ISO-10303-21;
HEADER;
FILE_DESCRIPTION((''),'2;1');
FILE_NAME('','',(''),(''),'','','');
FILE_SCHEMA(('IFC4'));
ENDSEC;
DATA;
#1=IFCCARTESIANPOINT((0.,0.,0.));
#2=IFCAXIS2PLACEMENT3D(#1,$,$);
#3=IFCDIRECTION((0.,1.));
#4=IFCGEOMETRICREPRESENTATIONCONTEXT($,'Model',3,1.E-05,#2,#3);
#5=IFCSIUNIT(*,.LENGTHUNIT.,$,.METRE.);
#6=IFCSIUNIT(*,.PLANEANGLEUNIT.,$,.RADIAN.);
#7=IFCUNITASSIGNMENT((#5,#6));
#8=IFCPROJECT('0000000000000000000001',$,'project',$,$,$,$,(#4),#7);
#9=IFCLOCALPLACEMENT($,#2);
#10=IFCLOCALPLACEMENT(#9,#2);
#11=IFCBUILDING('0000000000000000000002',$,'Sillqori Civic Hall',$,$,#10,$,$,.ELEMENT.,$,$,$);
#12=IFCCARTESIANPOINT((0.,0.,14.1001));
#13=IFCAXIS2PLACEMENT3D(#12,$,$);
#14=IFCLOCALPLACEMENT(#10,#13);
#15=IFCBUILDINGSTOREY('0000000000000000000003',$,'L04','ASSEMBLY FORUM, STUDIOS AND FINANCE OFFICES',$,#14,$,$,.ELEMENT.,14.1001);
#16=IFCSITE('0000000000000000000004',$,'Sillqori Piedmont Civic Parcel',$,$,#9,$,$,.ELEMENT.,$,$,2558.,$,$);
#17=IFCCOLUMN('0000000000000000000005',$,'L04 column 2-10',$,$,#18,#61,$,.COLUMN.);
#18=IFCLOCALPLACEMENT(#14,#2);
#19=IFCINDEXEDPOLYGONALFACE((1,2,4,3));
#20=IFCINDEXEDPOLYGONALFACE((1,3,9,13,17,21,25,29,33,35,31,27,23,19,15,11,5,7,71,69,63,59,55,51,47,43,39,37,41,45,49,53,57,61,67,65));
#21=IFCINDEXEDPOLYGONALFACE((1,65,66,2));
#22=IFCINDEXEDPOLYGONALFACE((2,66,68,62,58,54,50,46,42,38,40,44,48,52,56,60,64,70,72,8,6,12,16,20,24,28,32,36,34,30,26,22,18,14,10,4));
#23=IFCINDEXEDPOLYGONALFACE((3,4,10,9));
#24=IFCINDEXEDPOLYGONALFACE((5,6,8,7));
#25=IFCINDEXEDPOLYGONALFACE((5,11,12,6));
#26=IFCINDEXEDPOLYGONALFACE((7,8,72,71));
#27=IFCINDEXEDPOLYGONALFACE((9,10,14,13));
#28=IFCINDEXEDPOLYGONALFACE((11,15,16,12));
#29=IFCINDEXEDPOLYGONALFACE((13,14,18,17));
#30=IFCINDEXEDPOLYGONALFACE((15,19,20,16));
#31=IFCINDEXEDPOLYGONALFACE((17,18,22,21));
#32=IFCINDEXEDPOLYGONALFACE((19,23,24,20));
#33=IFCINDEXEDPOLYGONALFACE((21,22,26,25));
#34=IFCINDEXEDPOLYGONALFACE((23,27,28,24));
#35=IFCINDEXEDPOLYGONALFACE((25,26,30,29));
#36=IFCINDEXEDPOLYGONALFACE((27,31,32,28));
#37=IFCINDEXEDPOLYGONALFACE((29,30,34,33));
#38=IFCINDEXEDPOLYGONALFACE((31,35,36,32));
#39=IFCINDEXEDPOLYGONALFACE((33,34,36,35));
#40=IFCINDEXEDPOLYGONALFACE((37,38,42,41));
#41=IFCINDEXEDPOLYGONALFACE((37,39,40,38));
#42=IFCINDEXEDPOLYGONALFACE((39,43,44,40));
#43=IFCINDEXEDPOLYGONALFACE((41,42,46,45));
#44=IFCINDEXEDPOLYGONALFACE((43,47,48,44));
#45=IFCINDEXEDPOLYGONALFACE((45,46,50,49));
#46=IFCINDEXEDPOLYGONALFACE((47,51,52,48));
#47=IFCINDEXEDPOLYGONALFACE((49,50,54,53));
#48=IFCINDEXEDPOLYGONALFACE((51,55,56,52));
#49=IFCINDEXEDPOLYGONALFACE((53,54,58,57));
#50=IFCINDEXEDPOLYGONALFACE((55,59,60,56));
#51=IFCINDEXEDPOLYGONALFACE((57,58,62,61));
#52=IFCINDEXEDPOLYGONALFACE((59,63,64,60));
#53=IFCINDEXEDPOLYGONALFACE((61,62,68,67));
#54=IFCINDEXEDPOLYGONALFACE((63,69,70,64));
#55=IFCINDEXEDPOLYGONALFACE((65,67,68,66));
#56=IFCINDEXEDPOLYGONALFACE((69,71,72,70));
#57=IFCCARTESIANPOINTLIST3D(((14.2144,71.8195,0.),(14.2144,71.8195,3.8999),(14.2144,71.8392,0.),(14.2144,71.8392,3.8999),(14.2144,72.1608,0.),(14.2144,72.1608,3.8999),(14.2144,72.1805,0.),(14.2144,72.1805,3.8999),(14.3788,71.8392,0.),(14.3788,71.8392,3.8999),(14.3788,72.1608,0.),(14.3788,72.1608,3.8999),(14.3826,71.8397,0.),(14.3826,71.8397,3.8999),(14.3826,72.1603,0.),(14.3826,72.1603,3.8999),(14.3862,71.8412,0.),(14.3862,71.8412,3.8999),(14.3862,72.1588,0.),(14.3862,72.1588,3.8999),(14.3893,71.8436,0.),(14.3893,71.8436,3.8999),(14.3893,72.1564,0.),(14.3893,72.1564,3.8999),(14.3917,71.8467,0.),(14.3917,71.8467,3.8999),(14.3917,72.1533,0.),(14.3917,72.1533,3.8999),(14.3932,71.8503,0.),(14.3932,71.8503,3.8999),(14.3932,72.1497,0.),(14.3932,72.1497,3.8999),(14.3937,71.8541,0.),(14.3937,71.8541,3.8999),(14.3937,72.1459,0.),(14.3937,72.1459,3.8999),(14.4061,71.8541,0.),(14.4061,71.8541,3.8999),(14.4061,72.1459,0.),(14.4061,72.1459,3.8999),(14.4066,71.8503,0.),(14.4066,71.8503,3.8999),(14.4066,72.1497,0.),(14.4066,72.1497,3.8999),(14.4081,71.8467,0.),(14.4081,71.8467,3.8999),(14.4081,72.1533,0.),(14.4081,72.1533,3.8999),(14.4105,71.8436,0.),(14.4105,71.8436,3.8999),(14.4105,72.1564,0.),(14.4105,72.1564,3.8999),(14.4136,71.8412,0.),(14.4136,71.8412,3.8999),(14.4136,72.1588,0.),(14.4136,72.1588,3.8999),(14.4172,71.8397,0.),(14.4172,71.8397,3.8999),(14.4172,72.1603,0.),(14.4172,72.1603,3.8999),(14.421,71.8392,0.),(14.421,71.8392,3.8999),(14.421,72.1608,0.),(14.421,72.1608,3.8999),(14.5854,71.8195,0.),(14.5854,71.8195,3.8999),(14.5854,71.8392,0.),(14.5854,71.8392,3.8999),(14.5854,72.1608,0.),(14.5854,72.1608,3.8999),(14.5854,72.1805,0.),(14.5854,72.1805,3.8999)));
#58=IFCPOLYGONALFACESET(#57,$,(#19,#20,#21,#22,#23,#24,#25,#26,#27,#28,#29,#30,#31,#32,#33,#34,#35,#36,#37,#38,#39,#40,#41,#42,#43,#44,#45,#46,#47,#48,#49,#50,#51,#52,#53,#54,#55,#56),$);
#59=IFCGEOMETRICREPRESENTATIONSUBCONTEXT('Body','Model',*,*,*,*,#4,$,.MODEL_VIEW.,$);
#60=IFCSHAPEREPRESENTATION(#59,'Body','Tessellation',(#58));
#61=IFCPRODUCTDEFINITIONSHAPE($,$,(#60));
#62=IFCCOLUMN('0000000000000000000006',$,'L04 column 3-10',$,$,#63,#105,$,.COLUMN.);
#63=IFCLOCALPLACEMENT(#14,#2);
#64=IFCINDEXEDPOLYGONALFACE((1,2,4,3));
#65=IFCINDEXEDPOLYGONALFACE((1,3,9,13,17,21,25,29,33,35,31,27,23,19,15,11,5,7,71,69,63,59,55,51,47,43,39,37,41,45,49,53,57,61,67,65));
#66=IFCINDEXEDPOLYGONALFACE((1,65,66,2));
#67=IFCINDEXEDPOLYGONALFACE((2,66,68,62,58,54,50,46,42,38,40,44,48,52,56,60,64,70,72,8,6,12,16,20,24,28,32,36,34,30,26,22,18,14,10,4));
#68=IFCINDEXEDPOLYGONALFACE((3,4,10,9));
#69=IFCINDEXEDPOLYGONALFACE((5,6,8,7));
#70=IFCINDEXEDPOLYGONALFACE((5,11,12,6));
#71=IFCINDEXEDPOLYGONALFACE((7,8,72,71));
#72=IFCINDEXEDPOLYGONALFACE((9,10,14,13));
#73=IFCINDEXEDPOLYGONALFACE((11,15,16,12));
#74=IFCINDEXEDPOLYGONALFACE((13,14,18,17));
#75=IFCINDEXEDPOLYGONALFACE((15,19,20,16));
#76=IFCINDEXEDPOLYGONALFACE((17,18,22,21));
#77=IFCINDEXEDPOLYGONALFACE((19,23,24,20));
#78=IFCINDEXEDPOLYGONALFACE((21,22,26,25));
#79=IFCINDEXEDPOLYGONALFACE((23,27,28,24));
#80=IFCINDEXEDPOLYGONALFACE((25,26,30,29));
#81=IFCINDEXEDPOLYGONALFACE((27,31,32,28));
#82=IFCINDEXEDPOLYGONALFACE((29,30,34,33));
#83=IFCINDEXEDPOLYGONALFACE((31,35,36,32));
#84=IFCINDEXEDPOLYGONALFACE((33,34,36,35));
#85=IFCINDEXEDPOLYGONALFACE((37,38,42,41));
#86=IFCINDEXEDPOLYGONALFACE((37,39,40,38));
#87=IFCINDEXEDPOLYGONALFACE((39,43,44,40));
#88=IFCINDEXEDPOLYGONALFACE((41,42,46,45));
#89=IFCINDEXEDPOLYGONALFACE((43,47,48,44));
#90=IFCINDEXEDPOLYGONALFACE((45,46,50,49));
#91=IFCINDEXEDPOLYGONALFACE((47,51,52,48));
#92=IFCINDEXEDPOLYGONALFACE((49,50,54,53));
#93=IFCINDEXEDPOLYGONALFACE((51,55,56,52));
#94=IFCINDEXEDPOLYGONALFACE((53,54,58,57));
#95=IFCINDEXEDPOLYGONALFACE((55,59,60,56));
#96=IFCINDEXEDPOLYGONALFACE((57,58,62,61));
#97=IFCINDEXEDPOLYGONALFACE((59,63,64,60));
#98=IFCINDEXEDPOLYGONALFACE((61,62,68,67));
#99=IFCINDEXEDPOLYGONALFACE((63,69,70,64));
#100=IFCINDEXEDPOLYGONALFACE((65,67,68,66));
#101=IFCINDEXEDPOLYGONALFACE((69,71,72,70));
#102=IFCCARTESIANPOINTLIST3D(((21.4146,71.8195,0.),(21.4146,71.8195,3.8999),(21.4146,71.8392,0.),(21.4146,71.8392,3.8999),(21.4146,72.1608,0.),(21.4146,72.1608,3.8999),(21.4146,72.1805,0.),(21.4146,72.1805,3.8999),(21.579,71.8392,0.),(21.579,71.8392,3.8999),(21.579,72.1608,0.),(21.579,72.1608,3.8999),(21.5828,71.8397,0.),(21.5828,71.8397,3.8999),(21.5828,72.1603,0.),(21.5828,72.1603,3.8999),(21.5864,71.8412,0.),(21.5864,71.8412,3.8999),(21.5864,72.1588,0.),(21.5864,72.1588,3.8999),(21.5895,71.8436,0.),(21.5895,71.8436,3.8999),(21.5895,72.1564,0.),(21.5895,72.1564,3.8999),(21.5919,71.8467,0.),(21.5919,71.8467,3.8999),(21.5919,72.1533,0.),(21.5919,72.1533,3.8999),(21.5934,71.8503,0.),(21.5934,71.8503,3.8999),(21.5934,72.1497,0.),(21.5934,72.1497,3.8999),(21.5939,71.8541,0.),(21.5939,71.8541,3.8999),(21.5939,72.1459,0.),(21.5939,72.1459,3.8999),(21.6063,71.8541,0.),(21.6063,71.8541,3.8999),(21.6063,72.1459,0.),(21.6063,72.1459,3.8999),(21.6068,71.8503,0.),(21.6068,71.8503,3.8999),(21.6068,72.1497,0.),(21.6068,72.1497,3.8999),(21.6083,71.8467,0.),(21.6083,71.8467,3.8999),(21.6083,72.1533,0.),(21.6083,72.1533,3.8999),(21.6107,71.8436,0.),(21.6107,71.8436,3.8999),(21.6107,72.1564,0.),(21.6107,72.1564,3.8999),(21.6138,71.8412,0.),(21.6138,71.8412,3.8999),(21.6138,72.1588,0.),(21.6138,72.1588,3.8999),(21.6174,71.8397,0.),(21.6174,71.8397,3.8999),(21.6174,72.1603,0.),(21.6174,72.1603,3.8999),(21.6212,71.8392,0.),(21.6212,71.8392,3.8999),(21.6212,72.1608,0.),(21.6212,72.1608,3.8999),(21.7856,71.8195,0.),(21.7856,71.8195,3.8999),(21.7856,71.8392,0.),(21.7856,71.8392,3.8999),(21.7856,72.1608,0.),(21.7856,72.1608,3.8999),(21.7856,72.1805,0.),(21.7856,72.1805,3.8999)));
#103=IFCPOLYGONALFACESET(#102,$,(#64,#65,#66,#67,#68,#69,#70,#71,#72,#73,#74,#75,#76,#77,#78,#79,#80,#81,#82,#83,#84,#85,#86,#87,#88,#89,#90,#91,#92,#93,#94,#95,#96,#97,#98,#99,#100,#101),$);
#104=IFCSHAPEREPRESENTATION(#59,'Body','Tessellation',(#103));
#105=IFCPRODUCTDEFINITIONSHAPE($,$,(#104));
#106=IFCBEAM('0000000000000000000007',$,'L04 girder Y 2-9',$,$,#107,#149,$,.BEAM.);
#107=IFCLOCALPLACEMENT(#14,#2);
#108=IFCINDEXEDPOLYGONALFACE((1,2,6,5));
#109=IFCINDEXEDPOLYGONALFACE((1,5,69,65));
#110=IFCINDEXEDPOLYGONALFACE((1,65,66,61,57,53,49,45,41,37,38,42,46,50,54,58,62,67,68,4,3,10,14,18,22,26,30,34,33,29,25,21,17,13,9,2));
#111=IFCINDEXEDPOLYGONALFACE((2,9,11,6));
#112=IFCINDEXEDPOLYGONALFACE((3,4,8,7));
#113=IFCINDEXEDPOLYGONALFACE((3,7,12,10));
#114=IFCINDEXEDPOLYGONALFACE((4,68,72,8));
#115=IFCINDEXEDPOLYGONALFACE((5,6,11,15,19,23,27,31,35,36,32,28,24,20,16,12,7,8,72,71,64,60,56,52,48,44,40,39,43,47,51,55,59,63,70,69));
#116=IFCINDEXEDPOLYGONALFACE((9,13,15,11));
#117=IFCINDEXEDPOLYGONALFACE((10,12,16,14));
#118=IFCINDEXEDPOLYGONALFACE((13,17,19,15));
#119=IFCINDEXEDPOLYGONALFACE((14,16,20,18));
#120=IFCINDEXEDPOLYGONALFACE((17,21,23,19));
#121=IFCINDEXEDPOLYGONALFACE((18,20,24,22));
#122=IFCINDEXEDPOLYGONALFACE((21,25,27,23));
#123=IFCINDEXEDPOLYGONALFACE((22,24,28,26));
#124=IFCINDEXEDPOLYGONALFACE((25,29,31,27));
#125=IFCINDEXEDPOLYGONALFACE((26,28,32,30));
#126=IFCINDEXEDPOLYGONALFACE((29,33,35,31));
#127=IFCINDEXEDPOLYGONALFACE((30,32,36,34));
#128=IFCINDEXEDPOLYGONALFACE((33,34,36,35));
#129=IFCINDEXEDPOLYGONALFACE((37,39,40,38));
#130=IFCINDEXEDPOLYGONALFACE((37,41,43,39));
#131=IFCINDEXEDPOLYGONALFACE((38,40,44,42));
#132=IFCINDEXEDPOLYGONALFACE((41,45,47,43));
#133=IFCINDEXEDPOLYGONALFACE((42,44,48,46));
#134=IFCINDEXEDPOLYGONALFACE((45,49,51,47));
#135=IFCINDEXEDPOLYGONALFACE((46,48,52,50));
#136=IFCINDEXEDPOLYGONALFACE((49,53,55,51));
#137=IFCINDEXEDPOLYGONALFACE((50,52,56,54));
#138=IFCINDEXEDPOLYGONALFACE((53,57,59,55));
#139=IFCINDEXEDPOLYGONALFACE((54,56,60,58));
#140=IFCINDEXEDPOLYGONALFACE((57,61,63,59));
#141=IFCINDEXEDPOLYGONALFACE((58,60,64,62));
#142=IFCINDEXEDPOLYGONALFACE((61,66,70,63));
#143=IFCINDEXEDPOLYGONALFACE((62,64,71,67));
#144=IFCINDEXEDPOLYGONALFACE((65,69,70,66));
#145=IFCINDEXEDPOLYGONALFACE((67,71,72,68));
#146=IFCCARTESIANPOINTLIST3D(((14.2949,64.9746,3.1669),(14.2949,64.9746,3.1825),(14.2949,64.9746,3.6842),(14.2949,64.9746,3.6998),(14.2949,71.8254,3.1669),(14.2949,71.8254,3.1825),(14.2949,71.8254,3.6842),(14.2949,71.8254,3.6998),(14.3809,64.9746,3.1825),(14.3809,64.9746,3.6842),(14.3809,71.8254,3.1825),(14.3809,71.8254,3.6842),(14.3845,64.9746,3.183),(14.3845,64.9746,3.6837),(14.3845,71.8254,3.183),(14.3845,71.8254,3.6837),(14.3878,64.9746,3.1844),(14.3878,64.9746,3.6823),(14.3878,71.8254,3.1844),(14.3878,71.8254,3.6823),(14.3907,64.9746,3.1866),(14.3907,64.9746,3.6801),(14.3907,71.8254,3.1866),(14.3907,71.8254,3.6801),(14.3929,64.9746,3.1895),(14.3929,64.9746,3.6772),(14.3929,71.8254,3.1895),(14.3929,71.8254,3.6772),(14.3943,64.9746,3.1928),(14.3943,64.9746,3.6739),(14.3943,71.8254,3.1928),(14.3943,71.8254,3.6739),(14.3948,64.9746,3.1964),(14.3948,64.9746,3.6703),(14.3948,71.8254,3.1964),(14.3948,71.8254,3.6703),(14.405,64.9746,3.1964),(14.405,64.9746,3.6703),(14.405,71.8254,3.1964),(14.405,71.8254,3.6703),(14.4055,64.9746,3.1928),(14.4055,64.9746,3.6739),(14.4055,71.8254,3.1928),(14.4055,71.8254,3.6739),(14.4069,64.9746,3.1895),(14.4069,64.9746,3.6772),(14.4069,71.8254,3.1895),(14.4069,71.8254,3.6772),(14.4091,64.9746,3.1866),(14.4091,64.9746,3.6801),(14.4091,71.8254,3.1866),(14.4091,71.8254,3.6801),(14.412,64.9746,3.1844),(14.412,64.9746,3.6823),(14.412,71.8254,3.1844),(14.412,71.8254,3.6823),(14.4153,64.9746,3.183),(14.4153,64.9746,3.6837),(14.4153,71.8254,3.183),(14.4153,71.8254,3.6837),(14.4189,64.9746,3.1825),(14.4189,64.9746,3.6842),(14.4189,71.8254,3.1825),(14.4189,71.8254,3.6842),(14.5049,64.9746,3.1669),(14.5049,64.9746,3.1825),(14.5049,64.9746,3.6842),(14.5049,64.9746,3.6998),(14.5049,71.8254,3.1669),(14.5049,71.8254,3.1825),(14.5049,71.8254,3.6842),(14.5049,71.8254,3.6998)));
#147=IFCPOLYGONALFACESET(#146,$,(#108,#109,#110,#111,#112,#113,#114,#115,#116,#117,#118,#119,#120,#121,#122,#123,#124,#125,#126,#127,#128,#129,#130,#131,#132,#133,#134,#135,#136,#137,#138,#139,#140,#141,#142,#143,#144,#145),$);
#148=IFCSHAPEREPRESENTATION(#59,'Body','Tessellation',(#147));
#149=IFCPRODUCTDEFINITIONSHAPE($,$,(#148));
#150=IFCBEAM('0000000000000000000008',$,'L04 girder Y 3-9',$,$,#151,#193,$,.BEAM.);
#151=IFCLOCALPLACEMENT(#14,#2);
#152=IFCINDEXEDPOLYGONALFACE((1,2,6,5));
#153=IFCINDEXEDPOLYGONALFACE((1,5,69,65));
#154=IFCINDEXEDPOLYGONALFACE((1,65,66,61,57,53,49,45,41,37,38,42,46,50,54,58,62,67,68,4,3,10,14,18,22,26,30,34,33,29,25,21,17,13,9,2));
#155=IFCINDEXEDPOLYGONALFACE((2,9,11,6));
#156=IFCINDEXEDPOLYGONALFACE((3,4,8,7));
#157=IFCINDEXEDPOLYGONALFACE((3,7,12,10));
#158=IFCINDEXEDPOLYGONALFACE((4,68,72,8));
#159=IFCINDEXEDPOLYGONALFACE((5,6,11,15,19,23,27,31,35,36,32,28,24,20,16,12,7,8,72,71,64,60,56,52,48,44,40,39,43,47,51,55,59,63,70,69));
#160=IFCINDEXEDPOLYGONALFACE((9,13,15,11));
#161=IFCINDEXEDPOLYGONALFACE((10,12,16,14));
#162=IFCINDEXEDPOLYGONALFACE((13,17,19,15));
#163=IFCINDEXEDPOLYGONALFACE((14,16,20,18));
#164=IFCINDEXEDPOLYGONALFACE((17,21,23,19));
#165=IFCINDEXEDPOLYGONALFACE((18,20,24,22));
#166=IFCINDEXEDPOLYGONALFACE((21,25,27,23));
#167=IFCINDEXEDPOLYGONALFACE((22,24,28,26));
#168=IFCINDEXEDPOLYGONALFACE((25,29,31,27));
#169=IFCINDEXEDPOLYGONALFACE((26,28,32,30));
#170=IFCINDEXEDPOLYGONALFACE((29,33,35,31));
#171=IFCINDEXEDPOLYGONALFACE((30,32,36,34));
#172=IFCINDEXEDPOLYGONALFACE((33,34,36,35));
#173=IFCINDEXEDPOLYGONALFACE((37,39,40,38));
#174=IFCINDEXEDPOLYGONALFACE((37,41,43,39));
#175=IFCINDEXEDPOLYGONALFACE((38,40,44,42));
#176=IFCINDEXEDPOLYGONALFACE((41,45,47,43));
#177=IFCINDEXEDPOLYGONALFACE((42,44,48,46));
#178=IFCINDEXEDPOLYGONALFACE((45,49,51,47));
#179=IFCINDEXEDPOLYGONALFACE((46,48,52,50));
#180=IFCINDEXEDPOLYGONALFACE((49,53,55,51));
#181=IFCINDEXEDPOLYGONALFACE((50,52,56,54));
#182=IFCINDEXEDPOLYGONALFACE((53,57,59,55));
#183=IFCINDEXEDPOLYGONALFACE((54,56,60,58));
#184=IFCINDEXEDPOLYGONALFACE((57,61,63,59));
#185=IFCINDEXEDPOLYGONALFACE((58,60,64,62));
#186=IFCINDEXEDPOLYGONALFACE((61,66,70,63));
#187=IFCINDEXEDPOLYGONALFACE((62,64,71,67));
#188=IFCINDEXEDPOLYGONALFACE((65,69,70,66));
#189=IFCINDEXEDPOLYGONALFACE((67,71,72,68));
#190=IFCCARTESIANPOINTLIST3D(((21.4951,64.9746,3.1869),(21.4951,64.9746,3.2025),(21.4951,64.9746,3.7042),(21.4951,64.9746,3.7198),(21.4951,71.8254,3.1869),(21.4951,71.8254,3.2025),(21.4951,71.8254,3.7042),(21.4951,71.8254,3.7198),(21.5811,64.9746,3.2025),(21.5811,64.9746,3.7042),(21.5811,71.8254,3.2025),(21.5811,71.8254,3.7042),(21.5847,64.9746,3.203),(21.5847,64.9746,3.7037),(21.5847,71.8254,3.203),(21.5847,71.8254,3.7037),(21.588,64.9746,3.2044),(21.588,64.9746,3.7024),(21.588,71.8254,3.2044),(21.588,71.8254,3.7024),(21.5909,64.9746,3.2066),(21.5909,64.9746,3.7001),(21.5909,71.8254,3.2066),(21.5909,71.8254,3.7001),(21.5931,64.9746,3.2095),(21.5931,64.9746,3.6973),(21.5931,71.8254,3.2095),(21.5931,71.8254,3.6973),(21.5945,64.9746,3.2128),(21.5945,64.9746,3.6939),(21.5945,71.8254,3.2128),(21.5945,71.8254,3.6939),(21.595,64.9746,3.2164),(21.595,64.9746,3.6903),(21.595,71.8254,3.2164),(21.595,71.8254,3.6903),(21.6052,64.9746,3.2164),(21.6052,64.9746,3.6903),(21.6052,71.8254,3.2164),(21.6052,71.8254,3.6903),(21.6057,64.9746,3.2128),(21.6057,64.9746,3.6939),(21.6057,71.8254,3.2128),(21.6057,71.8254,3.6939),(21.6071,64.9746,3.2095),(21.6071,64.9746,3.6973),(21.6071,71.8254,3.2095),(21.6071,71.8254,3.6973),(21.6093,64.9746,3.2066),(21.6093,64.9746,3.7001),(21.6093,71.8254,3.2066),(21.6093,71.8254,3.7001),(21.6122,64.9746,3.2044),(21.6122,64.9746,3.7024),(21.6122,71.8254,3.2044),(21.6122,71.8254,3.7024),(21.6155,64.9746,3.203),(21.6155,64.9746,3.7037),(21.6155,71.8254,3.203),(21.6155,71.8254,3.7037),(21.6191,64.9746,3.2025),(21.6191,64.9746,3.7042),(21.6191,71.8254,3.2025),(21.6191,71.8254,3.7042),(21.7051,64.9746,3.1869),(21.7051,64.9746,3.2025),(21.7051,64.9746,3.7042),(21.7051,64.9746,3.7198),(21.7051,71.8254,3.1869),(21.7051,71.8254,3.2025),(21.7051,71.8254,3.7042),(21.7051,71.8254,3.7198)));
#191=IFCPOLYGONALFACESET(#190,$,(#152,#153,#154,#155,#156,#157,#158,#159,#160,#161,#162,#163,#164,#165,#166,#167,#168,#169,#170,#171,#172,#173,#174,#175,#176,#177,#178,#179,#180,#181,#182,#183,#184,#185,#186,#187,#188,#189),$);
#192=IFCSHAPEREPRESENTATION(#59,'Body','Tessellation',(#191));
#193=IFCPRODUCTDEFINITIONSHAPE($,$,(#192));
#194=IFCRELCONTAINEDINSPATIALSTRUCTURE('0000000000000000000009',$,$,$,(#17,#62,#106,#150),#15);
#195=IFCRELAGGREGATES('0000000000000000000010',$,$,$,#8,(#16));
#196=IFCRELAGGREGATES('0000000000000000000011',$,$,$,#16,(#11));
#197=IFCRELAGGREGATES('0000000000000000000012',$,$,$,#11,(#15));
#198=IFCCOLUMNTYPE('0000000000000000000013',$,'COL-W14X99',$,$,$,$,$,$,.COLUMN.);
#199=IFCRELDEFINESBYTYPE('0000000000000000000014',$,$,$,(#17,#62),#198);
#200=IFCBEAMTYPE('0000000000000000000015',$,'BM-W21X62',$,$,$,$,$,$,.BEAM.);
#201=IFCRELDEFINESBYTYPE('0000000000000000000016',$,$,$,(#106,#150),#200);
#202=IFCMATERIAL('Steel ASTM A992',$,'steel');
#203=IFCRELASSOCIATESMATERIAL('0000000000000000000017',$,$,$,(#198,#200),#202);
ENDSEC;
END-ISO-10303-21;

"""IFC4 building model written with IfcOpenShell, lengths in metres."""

from ifc_helpers import new_model, si_unit, direction, frame, origin, origin_2d, place, context, subcontext, project, spatial, i_section, extrude, material, material_profile, profile_set, type_object, element, save


model = new_model("IFC4")

# Units and contexts
model_context = context("Model", 3, precision=1e-05, world=origin(), true_north=direction((0.0, 1.0)))
body_context = subcontext(model_context, "Body", "Model", "MODEL_VIEW")
ifc_project = project(units=[si_unit("LENGTHUNIT", "METRE"), si_unit("PLANEANGLEUNIT", "RADIAN")], contexts=[model_context])

# Site, building, storey
site_placement = place(None, origin())
site = spatial("IfcSite", under=ifc_project, at=site_placement, Name="Sillqori Piedmont Civic Parcel", CompositionType="ELEMENT", RefElevation=2558.0)
building_placement = place(site_placement, origin())
building = spatial("IfcBuilding", under=site, at=building_placement, Name="Sillqori Civic Hall", CompositionType="ELEMENT")
storey_placement = place(building_placement, frame((0.0, 0.0, 14.1001)))
storey = spatial("IfcBuildingStorey", under=building, at=storey_placement, Name="L04", Description="ASSEMBLY FORUM, STUDIOS AND FINANCE OFFICES", CompositionType="ELEMENT", Elevation=14.1001)

# Columns
ifc_material_1 = material(Name="Steel ASTM A992", Category="steel")
ifc_material_profile_1 = material_profile(ifc_material_1, i_section(OverallWidth=0.3711, OverallDepth=0.3611, WebThickness=0.0125, FlangeThickness=0.0198, FilletRadius=0.0149, at=origin_2d()), Name="W14X99")
ifc_profile_set_1 = profile_set([ifc_material_profile_1], Name="Steel ASTM A992")
column_type = type_object("IfcColumnType", Name="COL-W14X99", PredefinedType="COLUMN", material=ifc_profile_set_1)
for number, where, z_axis, x_axis, name in (
    (1, (14.3999, 72.0, 0.0), (0.0, 0.0, 1.0), (1.0, 0.0, 0.0), "L04 column 2-10"),
    (2, (21.6001, 72.0, 0.0), (0.0, 0.0, 1.0), (1.0, 0.0, 0.0), "L04 column 3-10"),
):
    element("IfcColumn", number, at=place(storey_placement, frame(where, z_axis=z_axis, x_axis=x_axis)), inside=storey, type_object=column_type, Name=name, PredefinedType="COLUMN", context=body_context, shape_type="SweptSolid", body=[
        extrude(i_section(OverallWidth=0.3711, OverallDepth=0.3611, WebThickness=0.0125, FlangeThickness=0.0198, FilletRadius=0.0149, at=origin_2d()), origin(), (0.0, 0.0, 1.0), 3.8999),
    ])

# Beams
ifc_material_profile_2 = material_profile(ifc_material_1, i_section(OverallWidth=0.21, OverallDepth=0.533, WebThickness=0.0103, FlangeThickness=0.0156, FilletRadius=0.0139, at=origin_2d()), Name="W21X62")
ifc_profile_set_2 = profile_set([ifc_material_profile_2], Name="Steel ASTM A992")
beam_type_1 = type_object("IfcBeamType", Name="BM-W21X62", PredefinedType="BEAM", material=ifc_profile_set_2)
for number, where, z_axis, x_axis, name in (
    (3, (14.3999, 64.9746, 3.4333), (0.0, 1.0, 0.0), (-1.0, 0.0, 0.0), "L04 girder Y 2-9"),
    (4, (21.6001, 64.9746, 3.4534), (0.0, 1.0, 0.0), (-1.0, 0.0, 0.0), "L04 girder Y 3-9"),
):
    element("IfcBeam", number, at=place(storey_placement, frame(where, z_axis=z_axis, x_axis=x_axis)), inside=storey, type_object=beam_type_1, Name=name, PredefinedType="BEAM", context=body_context, shape_type="SweptSolid", body=[
        extrude(i_section(OverallWidth=0.21, OverallDepth=0.533, WebThickness=0.0103, FlangeThickness=0.0156, FilletRadius=0.0139, at=origin_2d()), origin(), (0.0, 0.0, 1.0), 6.8508),
    ])

save(model, "model.ifc")
